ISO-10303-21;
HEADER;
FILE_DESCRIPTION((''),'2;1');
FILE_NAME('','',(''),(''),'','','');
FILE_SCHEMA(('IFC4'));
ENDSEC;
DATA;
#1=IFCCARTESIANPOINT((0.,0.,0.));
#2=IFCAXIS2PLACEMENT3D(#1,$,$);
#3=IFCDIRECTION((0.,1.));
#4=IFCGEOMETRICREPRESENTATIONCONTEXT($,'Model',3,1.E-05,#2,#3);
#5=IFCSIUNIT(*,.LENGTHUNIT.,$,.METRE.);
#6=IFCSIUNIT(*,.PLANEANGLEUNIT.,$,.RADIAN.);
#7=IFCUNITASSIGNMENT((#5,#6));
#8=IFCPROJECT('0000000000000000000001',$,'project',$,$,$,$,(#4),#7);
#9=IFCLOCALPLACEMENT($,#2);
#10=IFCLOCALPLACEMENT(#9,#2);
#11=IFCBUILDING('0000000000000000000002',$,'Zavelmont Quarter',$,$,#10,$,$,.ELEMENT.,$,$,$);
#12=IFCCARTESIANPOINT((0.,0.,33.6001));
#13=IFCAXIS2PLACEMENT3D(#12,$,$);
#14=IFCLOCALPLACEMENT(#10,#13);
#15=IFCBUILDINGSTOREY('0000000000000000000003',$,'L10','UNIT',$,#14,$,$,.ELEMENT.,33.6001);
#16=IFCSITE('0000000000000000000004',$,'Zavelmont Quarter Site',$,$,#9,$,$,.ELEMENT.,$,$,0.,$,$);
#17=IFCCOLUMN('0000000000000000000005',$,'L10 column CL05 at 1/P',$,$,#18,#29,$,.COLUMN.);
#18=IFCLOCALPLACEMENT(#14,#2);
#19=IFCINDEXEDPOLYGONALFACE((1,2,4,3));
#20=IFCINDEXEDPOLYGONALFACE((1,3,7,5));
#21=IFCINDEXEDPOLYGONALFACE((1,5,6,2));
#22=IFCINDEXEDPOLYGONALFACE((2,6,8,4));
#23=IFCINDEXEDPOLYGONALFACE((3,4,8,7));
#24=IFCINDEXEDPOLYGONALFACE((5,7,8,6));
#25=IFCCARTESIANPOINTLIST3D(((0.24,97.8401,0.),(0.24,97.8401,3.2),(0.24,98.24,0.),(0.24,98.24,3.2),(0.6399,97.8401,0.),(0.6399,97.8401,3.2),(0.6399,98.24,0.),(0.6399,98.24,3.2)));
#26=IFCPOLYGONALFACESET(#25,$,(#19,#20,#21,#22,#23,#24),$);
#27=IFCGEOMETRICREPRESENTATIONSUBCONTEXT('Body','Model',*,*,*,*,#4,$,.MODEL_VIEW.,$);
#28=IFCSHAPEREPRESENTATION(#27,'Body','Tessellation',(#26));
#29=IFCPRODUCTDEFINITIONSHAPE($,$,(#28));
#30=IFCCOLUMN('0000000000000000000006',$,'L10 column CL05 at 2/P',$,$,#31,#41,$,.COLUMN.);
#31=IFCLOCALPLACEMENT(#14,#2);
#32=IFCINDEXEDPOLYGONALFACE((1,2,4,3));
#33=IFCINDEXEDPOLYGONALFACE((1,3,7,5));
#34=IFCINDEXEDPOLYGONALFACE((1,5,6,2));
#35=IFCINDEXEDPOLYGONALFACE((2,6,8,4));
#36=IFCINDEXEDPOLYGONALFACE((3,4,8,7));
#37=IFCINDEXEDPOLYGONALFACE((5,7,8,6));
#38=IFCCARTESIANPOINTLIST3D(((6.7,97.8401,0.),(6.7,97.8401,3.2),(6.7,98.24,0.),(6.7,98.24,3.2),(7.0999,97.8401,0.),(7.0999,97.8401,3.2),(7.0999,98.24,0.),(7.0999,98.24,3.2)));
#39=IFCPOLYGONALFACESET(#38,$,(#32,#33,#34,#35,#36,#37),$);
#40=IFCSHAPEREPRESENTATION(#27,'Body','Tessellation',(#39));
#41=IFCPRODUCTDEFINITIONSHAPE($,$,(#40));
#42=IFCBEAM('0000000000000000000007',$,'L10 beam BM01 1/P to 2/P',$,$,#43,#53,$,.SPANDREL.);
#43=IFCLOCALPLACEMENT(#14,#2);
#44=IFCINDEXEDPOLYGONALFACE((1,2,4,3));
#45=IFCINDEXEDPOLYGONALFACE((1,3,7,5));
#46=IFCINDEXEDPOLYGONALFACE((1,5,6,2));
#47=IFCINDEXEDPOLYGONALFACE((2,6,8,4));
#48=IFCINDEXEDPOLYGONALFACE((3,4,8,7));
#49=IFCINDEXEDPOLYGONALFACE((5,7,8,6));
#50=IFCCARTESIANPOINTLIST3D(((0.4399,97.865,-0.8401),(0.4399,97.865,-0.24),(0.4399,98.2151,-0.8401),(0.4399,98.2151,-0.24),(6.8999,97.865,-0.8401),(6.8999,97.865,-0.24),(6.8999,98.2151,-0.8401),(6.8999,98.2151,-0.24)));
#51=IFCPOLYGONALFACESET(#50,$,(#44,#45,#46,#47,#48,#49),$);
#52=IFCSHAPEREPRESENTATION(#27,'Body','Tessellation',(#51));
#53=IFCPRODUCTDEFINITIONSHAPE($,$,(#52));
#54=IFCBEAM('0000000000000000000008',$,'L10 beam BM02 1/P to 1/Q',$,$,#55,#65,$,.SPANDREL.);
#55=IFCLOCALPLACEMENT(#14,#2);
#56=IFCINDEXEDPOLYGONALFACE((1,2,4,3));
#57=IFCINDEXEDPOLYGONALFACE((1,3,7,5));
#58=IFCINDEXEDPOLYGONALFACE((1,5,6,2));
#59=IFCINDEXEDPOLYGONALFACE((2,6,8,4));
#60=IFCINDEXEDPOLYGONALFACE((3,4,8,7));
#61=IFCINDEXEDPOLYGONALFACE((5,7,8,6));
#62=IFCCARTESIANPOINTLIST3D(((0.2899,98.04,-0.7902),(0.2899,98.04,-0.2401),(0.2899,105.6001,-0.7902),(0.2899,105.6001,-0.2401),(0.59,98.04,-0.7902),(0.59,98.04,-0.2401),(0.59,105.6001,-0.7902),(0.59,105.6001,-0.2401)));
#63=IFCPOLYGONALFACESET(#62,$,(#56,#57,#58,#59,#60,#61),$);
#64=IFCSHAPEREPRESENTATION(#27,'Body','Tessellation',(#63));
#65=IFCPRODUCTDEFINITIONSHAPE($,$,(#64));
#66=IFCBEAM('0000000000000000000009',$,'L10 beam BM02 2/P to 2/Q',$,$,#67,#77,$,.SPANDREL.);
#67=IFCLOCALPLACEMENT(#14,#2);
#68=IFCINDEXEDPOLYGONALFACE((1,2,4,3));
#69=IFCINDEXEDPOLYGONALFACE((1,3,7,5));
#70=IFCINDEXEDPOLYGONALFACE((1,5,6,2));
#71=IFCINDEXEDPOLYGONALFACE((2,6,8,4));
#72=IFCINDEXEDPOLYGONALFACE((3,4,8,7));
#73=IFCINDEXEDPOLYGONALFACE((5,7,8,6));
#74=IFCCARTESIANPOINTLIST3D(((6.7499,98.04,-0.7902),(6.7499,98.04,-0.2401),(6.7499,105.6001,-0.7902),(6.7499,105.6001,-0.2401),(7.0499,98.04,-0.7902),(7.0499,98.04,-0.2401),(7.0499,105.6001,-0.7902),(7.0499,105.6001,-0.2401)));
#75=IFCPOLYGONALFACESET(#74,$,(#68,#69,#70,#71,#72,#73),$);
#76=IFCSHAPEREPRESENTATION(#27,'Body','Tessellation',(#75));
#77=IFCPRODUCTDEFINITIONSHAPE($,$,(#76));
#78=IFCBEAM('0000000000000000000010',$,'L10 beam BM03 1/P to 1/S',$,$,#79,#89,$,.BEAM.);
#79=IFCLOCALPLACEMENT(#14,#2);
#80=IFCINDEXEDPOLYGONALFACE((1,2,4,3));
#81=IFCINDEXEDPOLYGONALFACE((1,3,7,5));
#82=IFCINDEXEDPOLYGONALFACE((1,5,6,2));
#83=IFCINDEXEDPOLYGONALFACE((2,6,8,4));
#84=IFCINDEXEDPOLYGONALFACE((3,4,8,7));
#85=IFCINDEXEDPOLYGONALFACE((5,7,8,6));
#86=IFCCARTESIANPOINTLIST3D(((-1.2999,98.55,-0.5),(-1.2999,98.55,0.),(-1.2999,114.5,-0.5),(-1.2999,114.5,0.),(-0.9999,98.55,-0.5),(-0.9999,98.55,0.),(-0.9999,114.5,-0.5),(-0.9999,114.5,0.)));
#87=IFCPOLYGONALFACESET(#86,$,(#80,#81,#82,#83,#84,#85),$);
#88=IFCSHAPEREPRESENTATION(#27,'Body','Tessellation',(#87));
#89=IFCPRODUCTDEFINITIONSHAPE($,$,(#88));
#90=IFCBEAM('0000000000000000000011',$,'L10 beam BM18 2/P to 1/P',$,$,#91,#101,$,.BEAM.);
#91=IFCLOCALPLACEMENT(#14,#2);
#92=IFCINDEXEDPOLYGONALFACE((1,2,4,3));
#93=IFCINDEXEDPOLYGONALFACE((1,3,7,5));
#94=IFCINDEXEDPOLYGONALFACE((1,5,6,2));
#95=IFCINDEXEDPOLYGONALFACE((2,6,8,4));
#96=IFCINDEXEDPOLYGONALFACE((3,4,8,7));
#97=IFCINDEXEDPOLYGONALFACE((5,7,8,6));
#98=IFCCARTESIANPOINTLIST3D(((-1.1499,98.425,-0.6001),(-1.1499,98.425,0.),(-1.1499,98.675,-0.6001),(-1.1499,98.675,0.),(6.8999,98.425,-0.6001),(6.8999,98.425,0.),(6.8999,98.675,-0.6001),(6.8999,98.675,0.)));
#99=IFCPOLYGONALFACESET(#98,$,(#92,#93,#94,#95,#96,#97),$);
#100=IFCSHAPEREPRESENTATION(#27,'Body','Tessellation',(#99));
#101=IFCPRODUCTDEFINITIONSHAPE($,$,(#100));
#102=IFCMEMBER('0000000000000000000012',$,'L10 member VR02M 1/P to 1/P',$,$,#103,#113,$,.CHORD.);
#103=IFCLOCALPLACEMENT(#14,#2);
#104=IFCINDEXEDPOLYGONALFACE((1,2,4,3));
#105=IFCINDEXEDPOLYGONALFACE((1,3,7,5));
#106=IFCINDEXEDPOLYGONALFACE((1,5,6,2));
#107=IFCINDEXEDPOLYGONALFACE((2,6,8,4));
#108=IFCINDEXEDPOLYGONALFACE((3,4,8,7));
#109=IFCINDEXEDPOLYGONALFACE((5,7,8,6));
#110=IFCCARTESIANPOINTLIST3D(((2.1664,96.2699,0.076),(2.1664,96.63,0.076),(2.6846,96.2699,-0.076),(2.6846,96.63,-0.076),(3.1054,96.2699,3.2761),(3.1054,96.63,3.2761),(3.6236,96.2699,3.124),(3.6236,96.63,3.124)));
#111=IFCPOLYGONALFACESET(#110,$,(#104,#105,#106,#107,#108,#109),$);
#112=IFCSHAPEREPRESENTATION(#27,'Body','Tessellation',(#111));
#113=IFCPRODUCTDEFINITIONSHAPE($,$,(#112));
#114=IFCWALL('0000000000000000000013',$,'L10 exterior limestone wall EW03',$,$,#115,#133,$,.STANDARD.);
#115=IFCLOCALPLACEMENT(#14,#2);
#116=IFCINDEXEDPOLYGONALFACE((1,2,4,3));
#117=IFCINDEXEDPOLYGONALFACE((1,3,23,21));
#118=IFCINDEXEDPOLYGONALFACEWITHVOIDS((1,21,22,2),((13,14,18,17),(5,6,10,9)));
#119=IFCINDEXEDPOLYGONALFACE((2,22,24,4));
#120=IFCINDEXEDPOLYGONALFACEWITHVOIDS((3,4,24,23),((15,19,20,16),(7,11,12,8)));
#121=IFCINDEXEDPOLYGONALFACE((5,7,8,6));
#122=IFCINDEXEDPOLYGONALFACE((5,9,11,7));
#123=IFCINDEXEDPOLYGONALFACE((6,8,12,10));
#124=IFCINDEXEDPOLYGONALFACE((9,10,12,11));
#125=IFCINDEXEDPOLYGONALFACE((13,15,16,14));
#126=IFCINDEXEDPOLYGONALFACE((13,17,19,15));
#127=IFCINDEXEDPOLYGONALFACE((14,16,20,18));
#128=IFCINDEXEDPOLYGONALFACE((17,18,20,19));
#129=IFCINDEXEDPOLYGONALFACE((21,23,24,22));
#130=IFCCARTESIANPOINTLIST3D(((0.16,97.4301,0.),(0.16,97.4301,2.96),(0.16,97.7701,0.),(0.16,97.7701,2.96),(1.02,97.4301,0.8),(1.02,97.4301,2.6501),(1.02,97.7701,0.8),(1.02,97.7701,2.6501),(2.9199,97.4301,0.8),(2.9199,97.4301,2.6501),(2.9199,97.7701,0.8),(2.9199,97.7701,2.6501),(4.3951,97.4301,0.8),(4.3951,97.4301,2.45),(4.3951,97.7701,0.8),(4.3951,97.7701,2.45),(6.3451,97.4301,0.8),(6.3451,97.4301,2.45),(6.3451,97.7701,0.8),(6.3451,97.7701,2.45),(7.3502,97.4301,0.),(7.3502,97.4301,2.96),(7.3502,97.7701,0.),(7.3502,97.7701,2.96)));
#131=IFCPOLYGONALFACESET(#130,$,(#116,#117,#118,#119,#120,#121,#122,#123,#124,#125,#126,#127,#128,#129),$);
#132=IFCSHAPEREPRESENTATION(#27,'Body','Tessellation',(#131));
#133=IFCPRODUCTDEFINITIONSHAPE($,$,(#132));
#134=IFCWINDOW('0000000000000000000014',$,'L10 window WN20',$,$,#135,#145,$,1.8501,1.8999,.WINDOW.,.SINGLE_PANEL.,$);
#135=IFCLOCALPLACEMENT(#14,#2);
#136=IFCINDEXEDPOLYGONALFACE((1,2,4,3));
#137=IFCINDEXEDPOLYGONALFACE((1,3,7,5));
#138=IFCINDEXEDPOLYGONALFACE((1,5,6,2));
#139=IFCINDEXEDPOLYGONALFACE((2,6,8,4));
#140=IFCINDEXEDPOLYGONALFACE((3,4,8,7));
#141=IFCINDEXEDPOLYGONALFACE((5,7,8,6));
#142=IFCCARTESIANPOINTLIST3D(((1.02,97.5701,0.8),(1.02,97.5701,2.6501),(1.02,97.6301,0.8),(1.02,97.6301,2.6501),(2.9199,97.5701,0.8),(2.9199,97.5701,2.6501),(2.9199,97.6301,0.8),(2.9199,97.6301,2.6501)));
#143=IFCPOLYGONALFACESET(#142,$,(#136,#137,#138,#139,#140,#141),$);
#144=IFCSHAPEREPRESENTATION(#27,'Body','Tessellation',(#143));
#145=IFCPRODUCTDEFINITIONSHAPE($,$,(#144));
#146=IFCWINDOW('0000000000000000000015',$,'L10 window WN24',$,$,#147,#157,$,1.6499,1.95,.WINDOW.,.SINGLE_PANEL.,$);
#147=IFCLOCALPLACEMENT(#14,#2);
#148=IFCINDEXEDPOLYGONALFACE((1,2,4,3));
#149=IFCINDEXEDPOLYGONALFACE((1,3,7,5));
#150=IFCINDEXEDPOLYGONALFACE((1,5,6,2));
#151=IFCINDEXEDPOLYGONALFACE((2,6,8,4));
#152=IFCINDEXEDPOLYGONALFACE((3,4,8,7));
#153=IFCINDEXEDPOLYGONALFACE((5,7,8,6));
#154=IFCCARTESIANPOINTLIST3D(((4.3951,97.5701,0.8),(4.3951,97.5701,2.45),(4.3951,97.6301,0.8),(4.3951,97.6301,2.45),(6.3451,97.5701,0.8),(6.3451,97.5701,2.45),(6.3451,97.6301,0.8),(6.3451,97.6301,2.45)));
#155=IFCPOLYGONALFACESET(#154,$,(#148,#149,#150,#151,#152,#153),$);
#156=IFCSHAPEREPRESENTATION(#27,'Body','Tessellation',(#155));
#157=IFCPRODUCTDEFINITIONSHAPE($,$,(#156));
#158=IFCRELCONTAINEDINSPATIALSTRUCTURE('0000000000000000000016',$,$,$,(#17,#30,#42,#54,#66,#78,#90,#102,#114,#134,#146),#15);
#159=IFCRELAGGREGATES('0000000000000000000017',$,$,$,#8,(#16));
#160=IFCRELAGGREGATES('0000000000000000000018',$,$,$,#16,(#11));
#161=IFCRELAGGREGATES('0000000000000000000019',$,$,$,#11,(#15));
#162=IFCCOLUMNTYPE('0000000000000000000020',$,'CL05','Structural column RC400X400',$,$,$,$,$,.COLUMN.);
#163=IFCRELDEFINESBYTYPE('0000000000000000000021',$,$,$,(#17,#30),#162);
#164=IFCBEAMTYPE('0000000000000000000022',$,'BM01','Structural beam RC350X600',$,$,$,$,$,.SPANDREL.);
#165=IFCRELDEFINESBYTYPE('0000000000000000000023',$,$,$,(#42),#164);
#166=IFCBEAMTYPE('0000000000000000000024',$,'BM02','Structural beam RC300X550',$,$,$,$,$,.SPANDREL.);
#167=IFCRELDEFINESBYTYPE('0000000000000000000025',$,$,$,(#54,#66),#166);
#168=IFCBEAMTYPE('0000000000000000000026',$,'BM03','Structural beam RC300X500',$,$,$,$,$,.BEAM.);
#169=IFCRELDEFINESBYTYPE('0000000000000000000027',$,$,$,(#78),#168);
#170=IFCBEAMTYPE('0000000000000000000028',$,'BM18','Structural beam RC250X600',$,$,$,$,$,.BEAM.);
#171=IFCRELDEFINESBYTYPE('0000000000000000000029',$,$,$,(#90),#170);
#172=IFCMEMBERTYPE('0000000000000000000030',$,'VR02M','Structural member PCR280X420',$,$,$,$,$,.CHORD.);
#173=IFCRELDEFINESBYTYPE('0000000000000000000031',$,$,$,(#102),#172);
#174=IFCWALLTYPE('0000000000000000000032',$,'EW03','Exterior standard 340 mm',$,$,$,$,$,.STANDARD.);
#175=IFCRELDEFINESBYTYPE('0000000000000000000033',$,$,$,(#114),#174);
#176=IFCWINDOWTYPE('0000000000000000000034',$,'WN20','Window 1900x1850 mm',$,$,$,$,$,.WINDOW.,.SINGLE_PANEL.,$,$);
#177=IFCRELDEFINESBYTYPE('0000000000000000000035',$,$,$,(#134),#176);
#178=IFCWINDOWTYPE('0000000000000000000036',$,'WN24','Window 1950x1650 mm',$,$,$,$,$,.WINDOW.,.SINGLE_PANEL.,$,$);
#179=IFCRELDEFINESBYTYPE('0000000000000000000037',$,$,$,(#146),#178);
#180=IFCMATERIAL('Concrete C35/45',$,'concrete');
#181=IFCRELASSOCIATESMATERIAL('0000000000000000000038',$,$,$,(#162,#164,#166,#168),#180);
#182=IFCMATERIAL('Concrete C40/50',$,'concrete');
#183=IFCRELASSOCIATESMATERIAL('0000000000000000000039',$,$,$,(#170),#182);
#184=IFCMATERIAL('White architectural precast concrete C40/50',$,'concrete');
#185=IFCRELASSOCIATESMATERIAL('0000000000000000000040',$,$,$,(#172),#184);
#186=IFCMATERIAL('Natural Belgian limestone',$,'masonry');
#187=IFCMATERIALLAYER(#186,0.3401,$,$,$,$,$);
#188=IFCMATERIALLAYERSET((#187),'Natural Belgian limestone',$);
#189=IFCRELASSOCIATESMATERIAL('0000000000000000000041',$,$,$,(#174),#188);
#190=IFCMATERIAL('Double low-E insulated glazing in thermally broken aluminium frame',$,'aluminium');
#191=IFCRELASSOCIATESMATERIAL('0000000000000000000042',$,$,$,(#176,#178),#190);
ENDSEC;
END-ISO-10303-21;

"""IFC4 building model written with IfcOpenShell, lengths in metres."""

from ifc_helpers import new_model, si_unit, direction, frame, frame_2d, origin, origin_with_axes, origin_2d, place, context, subcontext, project, spatial, rectangle, extrude, material, layer, layer_set, material_profile, profile_set, type_object, element, fill, save


model = new_model("IFC4")

# Units and contexts
model_context = context("Model", 3, precision=1e-05, world=origin(), true_north=direction((0.0, 1.0)))
body_context = subcontext(model_context, "Body", "Model", "MODEL_VIEW")
ifc_project = project(units=[si_unit("LENGTHUNIT", "METRE"), si_unit("PLANEANGLEUNIT", "RADIAN")], contexts=[model_context])

# Site, building, storey
site_placement = place(None, origin())
site = spatial("IfcSite", under=ifc_project, at=site_placement, Name="Zavelmont Quarter Site", CompositionType="ELEMENT", RefElevation=0.0)
building_placement = place(site_placement, origin())
building = spatial("IfcBuilding", under=site, at=building_placement, Name="Zavelmont Quarter", CompositionType="ELEMENT")
storey_placement = place(building_placement, frame((0.0, 0.0, 33.6001)))
storey = spatial("IfcBuildingStorey", under=building, at=storey_placement, Name="L10", Description="UNIT", CompositionType="ELEMENT", Elevation=33.6001)

# Columns
ifc_material_1 = material(Name="Concrete C35/45", Category="concrete")
ifc_material_profile_1 = material_profile(ifc_material_1, rectangle(XDim=0.3999, YDim=0.3999, at=origin_2d()), Name="RC400X400")
ifc_profile_set_1 = profile_set([ifc_material_profile_1], Name="Concrete C35/45")
column_type = type_object("IfcColumnType", Name="CL05", Description="Structural column RC400X400", PredefinedType="COLUMN", material=ifc_profile_set_1)
for number, where, z_axis, x_axis, name in (
    (1, (0.4399, 98.04, 0.0), (0.0, 0.0, 1.0), (1.0, 0.0, 0.0), "L10 column CL05 at 1/P"),
    (2, (6.8999, 98.04, 0.0), (0.0, 0.0, 1.0), (1.0, 0.0, 0.0), "L10 column CL05 at 2/P"),
):
    element("IfcColumn", number, at=place(storey_placement, frame(where, z_axis=z_axis, x_axis=x_axis)), inside=storey, type_object=column_type, Name=name, PredefinedType="COLUMN", context=body_context, shape_type="SweptSolid", body=[
        extrude(rectangle(XDim=0.3999, YDim=0.3999, at=origin_2d()), origin(), (0.0, 0.0, 1.0), 3.2),
    ])

# Beams
ifc_material_profile_2 = material_profile(ifc_material_1, rectangle(XDim=0.3501, YDim=0.6001, at=origin_2d()), Name="RC350X600")
ifc_profile_set_2 = profile_set([ifc_material_profile_2], Name="Concrete C35/45")
beam_type_1 = type_object("IfcBeamType", Name="BM01", Description="Structural beam RC350X600", PredefinedType="SPANDREL", material=ifc_profile_set_2)
beam_1_placement = place(storey_placement, frame((0.4399, 98.04, -0.54), z_axis=(1.0, 0.0, 0.0), x_axis=(0.0, 1.0, 0.0)))
element("IfcBeam", 3, at=beam_1_placement, inside=storey, type_object=beam_type_1, Name="L10 beam BM01 1/P to 2/P", PredefinedType="SPANDREL", context=body_context, shape_type="SweptSolid", body=[
    extrude(rectangle(XDim=0.3501, YDim=0.6001, at=origin_2d()), origin(), (0.0, 0.0, 1.0), 6.46),
])
ifc_material_profile_3 = material_profile(ifc_material_1, rectangle(XDim=0.3, YDim=0.55, at=origin_2d()), Name="RC300X550")
ifc_profile_set_3 = profile_set([ifc_material_profile_3], Name="Concrete C35/45")
beam_type_2 = type_object("IfcBeamType", Name="BM02", Description="Structural beam RC300X550", PredefinedType="SPANDREL", material=ifc_profile_set_3)
for number, where, z_axis, x_axis, name in (
    (4, (0.4399, 98.04, -0.5151), (0.0, 1.0, 0.0), (-1.0, 0.0, 0.0), "L10 beam BM02 1/P to 1/Q"),
    (5, (6.8999, 98.04, -0.5151), (0.0, 1.0, 0.0), (-1.0, 0.0, 0.0), "L10 beam BM02 2/P to 2/Q"),
):
    element("IfcBeam", number, at=place(storey_placement, frame(where, z_axis=z_axis, x_axis=x_axis)), inside=storey, type_object=beam_type_2, Name=name, PredefinedType="SPANDREL", context=body_context, shape_type="SweptSolid", body=[
        extrude(rectangle(XDim=0.3, YDim=0.55, at=origin_2d()), origin(), (0.0, 0.0, 1.0), 7.5601),
    ])
ifc_material_profile_4 = material_profile(ifc_material_1, rectangle(XDim=0.3, YDim=0.5, at=origin_2d()), Name="RC300X500")
ifc_profile_set_4 = profile_set([ifc_material_profile_4], Name="Concrete C35/45")
beam_type_3 = type_object("IfcBeamType", Name="BM03", Description="Structural beam RC300X500", PredefinedType="BEAM", material=ifc_profile_set_4)
beam_2_placement = place(storey_placement, frame((-1.1499, 98.55, -0.25), z_axis=(0.0, 1.0, 0.0), x_axis=(-1.0, 0.0, 0.0)))
element("IfcBeam", 6, at=beam_2_placement, inside=storey, type_object=beam_type_3, Name="L10 beam BM03 1/P to 1/S", PredefinedType="BEAM", context=body_context, shape_type="SweptSolid", body=[
    extrude(rectangle(XDim=0.3, YDim=0.5, at=origin_2d()), origin(), (0.0, 0.0, 1.0), 15.95),
])
ifc_material_2 = material(Name="Concrete C40/50", Category="concrete")
ifc_material_profile_5 = material_profile(ifc_material_2, rectangle(XDim=0.25, YDim=0.6001, at=origin_2d()), Name="RC250X600")
ifc_profile_set_5 = profile_set([ifc_material_profile_5], Name="Concrete C40/50")
beam_type_4 = type_object("IfcBeamType", Name="BM18", Description="Structural beam RC250X600", PredefinedType="BEAM", material=ifc_profile_set_5)
beam_3_placement = place(storey_placement, frame((6.8999, 98.55, -0.3), z_axis=(-1.0, 0.0, 0.0), x_axis=(0.0, -1.0, 0.0)))
element("IfcBeam", 7, at=beam_3_placement, inside=storey, type_object=beam_type_4, Name="L10 beam BM18 2/P to 1/P", PredefinedType="BEAM", context=body_context, shape_type="SweptSolid", body=[
    extrude(rectangle(XDim=0.25, YDim=0.6001, at=origin_2d()), origin(), (0.0, 0.0, 1.0), 8.0498),
])

# Member
ifc_material_3 = material(Name="White architectural precast concrete C40/50", Category="concrete")
ifc_material_profile_6 = material_profile(ifc_material_3, rectangle(XDim=0.3601, YDim=0.54, at=origin_2d()), Name="PCR280X420")
ifc_profile_set_6 = profile_set([ifc_material_profile_6], Name="White architectural precast concrete C40/50")
member_type = type_object("IfcMemberType", Name="VR02M", Description="Structural member PCR280X420", PredefinedType="CHORD", material=ifc_profile_set_6)
member_placement = place(storey_placement, frame((2.4255, 96.45, 0.0), z_axis=(0.28156, 0.0, 0.959544), x_axis=(0.0, 1.0, 0.0)))
element("IfcMember", 8, at=member_placement, inside=storey, type_object=member_type, Name="L10 member VR02M 1/P to 1/P", PredefinedType="CHORD", context=body_context, shape_type="SweptSolid", body=[
    extrude(rectangle(XDim=0.3601, YDim=0.54, at=origin_2d()), origin(), (0.0, 0.0, 1.0), 3.335),
])

# Wall, openings, windows
ifc_material_4 = material(Name="Natural Belgian limestone", Category="masonry")
ifc_layer_1 = layer(ifc_material_4, 0.3401)
ifc_layer_set_1 = layer_set([ifc_layer_1], Name="Natural Belgian limestone")
wall_type_1 = type_object("IfcWallType", Name="EW03", Description="Exterior standard 340 mm", PredefinedType="STANDARD", material=ifc_layer_set_1)
wall_1_placement = place(storey_placement, frame((0.1599, 97.6001, 0.0), z_axis=(0.0, 0.0, 1.0), x_axis=(1.0, 0.0, 0.0)))
wall_1 = element("IfcWall", 9, at=wall_1_placement, inside=storey, type_object=wall_type_1, Name="L10 exterior limestone wall EW03", PredefinedType="STANDARD", context=body_context, shape_type="SweptSolid", body=[
    extrude(rectangle(XDim=7.1902, YDim=0.3401, at=frame_2d((3.5952, 0.0))), origin(), (0.0, 0.0, 1.0), 2.96),
])
opening_1_placement = place(wall_1_placement, frame((0.8601, 0.0, 0.8)))
opening_1 = element("IfcOpeningElement", 10, at=opening_1_placement, cuts=wall_1, PredefinedType="OPENING", context=body_context, shape_type="SweptSolid", body=[
    extrude(rectangle(XDim=1.8999, YDim=1.8501, at=frame_2d((0.95, 0.925))), frame((0.0, 0.1821, 0.0), z_axis=(0.0, -1.0, 0.0), x_axis=(1.0, 0.0, 0.0)), (0.0, 0.0, 1.0), 0.364),
])
opening_2_placement = place(wall_1_placement, frame((4.2351, 0.0, 0.8)))
opening_2 = element("IfcOpeningElement", 11, at=opening_2_placement, cuts=wall_1, PredefinedType="OPENING", context=body_context, shape_type="SweptSolid", body=[
    extrude(rectangle(XDim=1.95, YDim=1.6499, at=frame_2d((0.9751, 0.825))), frame((0.0, 0.1821, 0.0), z_axis=(0.0, -1.0, 0.0), x_axis=(1.0, 0.0, 0.0)), (0.0, 0.0, 1.0), 0.364),
])
ifc_material_5 = material(Name="Double low-E insulated glazing in thermally broken aluminium frame", Category="aluminium")
window_type_1 = type_object("IfcWindowType", Name="WN20", Description="Window 1900x1850 mm", PartitioningType="SINGLE_PANEL", PredefinedType="WINDOW", material=ifc_material_5)
window_1_placement = place(opening_1_placement, origin_with_axes())
window_1 = element("IfcWindow", 12, at=window_1_placement, inside=storey, type_object=window_type_1, Name="L10 window WN20", OverallHeight=1.8501, OverallWidth=1.8999, PartitioningType="SINGLE_PANEL", PredefinedType="WINDOW", context=body_context, shape_type="SweptSolid", body=[
    extrude(rectangle(XDim=1.8999, YDim=1.8501, at=frame_2d((0.95, 0.925))), frame((0.0, 0.03, 0.0), z_axis=(0.0, -1.0, 0.0), x_axis=(1.0, 0.0, 0.0)), (0.0, 0.0, 1.0), 0.0601),
])
fill(opening_1, window_1)
window_type_2 = type_object("IfcWindowType", Name="WN24", Description="Window 1950x1650 mm", PartitioningType="SINGLE_PANEL", PredefinedType="WINDOW", material=ifc_material_5)
window_2_placement = place(opening_2_placement, origin_with_axes())
window_2 = element("IfcWindow", 13, at=window_2_placement, inside=storey, type_object=window_type_2, Name="L10 window WN24", OverallHeight=1.6499, OverallWidth=1.95, PartitioningType="SINGLE_PANEL", PredefinedType="WINDOW", context=body_context, shape_type="SweptSolid", body=[
    extrude(rectangle(XDim=1.95, YDim=1.6499, at=frame_2d((0.9751, 0.825))), frame((0.0, 0.03, 0.0), z_axis=(0.0, -1.0, 0.0), x_axis=(1.0, 0.0, 0.0)), (0.0, 0.0, 1.0), 0.0601),
])
fill(opening_2, window_2)

save(model, "model.ifc")
